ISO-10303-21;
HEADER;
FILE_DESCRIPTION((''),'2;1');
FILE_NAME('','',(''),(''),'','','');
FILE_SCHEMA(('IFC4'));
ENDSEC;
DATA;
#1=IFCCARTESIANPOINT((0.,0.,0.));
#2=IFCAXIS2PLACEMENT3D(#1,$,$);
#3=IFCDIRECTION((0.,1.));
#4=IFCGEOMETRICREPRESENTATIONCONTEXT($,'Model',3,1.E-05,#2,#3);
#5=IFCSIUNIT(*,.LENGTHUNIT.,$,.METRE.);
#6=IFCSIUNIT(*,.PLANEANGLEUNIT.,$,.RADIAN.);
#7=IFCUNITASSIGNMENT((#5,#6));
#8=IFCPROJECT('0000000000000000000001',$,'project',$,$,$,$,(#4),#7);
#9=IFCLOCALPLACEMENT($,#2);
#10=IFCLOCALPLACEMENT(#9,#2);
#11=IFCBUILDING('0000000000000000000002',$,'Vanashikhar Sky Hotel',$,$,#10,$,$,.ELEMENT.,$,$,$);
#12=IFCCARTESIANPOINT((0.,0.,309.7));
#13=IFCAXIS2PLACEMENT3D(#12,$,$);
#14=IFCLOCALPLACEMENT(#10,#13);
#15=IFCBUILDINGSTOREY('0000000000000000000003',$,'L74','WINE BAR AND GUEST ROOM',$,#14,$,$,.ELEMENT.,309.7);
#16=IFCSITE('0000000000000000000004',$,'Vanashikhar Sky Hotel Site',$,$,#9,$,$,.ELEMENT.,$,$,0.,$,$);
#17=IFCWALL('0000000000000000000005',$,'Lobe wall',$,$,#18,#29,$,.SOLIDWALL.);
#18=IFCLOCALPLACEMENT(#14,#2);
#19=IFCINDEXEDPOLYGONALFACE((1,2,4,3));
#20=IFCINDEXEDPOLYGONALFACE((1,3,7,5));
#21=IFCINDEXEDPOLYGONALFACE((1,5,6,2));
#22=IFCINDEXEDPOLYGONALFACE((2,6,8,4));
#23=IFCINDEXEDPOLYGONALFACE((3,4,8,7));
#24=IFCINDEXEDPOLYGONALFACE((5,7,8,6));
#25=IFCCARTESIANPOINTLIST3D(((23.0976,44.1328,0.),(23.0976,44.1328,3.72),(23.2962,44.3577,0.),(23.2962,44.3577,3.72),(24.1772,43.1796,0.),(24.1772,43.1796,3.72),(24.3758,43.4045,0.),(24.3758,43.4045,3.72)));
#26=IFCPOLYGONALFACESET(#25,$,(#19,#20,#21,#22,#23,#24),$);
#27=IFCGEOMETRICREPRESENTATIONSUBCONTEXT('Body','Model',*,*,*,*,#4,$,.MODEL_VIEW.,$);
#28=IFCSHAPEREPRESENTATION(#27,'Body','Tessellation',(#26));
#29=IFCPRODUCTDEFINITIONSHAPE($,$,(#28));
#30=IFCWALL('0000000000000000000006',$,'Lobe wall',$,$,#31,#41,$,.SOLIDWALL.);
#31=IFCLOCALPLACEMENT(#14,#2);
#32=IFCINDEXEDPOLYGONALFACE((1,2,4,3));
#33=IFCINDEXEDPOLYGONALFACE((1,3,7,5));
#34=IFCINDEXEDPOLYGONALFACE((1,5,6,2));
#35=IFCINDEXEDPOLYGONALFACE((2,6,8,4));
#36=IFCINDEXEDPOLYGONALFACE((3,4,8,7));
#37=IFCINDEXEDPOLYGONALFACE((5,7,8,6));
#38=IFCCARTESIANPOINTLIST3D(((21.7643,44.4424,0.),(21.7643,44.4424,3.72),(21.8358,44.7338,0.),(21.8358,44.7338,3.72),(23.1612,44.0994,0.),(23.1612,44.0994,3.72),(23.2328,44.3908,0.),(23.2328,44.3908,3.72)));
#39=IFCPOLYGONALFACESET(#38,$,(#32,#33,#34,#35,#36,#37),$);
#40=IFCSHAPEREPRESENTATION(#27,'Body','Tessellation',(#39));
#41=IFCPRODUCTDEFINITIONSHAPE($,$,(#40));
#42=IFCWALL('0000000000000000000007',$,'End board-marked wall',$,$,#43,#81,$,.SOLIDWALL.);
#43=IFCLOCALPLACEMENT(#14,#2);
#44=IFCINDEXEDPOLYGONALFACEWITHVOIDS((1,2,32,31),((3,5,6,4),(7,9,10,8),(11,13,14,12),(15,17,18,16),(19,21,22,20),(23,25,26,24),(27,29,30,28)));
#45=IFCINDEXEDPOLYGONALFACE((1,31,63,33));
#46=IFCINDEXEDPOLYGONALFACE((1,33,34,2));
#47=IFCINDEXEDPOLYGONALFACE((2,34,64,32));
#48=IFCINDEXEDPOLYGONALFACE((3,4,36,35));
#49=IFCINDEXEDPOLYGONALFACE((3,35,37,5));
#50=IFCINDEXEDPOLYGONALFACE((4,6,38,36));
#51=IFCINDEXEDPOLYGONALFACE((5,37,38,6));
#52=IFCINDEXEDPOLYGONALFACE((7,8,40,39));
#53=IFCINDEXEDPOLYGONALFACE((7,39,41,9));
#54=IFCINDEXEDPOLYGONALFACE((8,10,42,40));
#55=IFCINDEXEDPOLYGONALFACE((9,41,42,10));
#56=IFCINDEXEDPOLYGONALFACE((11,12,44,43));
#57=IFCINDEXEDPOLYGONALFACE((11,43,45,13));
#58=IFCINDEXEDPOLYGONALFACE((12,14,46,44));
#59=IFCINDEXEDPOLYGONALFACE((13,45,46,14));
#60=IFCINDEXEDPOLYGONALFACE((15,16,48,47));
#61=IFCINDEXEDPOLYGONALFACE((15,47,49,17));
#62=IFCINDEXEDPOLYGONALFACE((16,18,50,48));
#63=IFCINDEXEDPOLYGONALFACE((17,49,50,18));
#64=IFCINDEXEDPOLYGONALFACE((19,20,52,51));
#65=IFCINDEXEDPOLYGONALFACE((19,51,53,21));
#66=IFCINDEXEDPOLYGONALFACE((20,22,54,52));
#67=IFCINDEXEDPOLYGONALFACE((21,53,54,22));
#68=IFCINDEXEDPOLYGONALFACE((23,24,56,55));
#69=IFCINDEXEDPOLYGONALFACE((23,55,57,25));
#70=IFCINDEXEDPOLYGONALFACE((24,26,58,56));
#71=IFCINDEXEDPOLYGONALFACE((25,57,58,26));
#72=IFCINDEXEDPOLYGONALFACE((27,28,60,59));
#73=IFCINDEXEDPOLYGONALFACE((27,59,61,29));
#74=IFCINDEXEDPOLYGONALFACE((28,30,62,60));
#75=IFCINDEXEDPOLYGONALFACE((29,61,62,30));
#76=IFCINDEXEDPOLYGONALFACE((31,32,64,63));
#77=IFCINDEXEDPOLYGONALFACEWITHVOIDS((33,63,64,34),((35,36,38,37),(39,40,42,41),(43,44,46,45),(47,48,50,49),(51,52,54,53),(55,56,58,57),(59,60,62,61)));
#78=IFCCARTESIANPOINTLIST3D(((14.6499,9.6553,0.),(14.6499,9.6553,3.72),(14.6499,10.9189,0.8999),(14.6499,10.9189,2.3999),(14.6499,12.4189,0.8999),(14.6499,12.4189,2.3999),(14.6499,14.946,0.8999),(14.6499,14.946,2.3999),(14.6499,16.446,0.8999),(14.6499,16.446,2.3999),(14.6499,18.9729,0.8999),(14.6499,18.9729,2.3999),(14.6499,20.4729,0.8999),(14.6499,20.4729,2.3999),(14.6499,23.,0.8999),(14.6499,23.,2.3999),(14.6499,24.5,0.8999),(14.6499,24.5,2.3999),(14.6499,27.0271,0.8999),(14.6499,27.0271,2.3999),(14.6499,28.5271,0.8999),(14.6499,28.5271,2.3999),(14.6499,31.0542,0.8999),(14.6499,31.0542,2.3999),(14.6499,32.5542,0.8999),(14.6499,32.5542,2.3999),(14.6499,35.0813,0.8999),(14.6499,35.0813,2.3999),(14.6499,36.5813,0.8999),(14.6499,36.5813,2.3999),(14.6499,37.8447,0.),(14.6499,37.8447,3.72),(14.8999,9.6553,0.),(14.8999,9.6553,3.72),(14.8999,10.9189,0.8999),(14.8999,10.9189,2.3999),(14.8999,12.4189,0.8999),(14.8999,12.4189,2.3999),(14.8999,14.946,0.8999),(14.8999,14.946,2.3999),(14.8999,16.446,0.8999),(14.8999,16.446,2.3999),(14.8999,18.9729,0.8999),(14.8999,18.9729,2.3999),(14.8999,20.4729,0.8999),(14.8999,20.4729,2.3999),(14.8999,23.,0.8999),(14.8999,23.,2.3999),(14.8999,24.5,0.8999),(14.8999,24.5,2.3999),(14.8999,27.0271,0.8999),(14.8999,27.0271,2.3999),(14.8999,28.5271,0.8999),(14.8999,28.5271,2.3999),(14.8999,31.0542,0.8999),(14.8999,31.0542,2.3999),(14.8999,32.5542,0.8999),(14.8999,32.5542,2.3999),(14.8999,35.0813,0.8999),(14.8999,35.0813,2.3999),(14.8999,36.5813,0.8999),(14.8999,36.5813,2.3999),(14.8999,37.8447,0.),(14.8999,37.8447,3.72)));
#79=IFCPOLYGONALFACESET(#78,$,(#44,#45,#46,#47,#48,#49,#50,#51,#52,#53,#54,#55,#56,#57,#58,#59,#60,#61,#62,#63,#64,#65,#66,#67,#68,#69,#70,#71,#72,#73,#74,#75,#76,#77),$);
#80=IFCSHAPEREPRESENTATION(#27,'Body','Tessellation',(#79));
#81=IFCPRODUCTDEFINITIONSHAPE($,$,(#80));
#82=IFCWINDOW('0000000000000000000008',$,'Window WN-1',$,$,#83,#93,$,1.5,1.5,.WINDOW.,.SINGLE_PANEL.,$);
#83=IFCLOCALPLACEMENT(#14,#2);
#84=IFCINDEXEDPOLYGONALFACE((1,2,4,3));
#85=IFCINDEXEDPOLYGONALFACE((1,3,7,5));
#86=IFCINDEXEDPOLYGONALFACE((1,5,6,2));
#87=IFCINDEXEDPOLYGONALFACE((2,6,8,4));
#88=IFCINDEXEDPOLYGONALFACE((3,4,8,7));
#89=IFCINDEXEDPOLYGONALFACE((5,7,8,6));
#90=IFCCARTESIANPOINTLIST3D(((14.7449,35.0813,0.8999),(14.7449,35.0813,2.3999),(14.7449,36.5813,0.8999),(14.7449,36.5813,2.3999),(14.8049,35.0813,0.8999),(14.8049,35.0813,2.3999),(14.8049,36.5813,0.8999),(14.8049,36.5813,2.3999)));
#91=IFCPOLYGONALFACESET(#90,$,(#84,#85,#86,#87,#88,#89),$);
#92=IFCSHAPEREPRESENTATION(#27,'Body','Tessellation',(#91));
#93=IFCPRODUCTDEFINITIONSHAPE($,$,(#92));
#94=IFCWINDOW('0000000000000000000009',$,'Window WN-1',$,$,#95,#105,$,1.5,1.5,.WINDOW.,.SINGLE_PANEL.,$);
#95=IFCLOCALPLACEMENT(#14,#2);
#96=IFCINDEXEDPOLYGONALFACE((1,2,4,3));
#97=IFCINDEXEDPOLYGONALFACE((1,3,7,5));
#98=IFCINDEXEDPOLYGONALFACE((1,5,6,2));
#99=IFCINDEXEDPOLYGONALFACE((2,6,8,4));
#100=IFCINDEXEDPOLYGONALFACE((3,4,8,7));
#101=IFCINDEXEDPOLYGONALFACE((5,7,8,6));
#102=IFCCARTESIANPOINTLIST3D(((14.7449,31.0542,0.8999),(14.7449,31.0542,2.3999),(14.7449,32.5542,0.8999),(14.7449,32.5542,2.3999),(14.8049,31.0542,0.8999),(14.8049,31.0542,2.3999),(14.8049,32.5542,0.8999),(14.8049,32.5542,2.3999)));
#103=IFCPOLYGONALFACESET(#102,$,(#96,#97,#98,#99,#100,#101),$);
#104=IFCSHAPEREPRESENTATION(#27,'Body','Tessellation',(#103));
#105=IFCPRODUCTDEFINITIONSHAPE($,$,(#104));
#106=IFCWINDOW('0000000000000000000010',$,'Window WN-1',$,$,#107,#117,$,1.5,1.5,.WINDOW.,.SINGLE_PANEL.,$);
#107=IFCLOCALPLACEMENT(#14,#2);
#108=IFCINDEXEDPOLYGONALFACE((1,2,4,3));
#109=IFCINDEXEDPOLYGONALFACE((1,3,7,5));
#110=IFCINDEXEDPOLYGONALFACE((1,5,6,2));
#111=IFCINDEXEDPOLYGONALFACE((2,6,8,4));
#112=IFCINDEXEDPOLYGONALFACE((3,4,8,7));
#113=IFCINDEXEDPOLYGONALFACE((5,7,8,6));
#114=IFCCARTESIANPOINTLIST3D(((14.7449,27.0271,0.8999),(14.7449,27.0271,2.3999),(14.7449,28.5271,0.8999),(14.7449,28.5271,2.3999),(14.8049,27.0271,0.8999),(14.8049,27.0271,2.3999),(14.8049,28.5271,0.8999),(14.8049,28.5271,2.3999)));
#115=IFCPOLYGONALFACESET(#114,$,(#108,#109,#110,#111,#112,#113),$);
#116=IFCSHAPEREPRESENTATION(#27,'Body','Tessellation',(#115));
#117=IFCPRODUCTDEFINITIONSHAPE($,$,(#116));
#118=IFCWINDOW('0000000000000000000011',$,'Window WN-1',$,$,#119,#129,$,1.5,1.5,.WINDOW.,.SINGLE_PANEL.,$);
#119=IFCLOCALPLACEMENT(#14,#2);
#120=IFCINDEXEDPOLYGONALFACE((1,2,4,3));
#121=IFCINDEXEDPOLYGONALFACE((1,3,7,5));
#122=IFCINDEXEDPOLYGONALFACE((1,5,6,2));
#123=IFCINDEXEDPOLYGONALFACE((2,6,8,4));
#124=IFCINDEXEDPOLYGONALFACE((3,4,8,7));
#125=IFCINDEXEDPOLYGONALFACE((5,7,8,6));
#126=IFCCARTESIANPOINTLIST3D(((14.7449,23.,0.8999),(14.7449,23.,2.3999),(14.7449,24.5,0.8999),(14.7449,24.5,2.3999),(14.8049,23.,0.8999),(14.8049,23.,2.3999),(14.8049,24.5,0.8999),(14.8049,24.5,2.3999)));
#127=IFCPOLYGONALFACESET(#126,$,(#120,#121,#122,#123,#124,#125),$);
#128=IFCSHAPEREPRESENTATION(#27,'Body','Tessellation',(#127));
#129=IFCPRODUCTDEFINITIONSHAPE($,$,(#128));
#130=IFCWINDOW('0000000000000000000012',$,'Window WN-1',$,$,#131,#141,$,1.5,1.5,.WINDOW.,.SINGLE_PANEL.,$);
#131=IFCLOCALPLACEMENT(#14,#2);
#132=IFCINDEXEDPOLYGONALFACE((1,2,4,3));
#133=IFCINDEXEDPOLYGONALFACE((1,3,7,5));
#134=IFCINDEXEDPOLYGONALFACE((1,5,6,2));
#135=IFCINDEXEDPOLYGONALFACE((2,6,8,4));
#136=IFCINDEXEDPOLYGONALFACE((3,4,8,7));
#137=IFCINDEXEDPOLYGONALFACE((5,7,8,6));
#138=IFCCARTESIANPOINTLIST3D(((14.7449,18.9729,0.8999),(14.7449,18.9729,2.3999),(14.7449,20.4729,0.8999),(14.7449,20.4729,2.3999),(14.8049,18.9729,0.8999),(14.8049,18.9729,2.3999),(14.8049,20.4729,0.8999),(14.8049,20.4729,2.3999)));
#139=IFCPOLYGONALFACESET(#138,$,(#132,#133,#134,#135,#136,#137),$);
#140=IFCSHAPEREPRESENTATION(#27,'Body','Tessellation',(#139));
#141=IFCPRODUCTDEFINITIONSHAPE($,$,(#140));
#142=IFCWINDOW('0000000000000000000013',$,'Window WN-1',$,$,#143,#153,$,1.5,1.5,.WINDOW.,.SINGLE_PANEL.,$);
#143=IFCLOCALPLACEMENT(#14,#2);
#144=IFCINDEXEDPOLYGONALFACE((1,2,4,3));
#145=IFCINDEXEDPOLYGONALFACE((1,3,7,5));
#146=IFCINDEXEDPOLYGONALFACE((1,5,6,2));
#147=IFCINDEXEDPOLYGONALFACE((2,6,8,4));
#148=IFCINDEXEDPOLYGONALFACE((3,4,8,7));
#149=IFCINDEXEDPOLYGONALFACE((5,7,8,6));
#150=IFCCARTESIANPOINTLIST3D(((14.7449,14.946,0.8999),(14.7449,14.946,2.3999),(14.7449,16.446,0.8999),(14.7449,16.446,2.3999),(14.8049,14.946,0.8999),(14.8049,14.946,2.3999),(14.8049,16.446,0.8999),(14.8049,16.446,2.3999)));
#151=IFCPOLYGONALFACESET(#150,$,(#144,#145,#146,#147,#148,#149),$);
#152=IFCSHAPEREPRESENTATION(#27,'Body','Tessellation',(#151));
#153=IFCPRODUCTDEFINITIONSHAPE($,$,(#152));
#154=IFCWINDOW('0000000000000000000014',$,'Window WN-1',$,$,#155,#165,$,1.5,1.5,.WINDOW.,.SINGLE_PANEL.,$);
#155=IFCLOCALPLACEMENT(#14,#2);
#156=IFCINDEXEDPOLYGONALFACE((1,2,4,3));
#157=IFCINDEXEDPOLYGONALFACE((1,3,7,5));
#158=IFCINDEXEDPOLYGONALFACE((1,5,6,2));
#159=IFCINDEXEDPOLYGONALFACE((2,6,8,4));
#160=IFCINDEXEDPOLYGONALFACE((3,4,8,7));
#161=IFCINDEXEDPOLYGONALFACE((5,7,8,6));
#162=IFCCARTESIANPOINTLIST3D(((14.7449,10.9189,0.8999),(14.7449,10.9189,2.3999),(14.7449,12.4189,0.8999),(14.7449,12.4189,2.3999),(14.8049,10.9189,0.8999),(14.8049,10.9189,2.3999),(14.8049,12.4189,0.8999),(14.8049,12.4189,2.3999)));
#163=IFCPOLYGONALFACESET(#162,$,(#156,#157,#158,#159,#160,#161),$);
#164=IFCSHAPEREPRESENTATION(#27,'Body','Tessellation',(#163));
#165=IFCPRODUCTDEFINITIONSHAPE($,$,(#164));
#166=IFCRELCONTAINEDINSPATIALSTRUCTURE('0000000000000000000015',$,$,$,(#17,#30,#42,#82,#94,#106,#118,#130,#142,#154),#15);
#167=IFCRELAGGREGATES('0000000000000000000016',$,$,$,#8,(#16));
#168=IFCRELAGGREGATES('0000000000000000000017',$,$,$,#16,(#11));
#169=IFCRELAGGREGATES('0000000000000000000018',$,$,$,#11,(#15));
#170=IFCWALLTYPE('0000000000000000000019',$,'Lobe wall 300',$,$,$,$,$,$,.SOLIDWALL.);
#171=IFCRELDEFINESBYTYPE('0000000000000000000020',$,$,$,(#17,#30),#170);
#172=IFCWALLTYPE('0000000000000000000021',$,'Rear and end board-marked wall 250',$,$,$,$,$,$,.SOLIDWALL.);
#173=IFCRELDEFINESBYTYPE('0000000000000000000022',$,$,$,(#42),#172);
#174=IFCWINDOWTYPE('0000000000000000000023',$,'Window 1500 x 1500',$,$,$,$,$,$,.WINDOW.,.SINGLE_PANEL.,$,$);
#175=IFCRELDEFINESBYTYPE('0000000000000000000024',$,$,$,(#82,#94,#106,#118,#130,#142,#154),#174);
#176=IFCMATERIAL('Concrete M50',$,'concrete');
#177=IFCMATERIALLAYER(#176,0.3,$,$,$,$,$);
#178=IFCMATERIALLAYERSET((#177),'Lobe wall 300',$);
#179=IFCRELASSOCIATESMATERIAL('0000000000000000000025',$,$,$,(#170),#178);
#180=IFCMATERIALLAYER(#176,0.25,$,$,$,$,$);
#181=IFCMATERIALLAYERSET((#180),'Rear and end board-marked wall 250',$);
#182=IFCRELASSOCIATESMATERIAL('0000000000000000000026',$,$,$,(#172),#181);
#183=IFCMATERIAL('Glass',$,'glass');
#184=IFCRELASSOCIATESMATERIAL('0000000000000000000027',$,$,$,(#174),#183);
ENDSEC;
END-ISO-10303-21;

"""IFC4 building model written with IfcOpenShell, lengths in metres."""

from ifc_helpers import new_model, si_unit, direction, frame, frame_2d, origin, place, context, subcontext, project, spatial, rectangle, extrude, source, transform, mapped, material, layer, layer_set, type_object, element, fill, save


model = new_model("IFC4")

# Units and contexts
model_context = context("Model", 3, precision=1e-05, world=origin(), true_north=direction((0.0, 1.0)))
body_context = subcontext(model_context, "Body", "Model", "MODEL_VIEW")
ifc_project = project(units=[si_unit("LENGTHUNIT", "METRE"), si_unit("PLANEANGLEUNIT", "RADIAN")], contexts=[model_context])

# Site, building, storey
site_placement = place(None, origin())
site = spatial("IfcSite", under=ifc_project, at=site_placement, Name="Vanashikhar Sky Hotel Site", CompositionType="ELEMENT", RefElevation=0.0)
building_placement = place(site_placement, origin())
building = spatial("IfcBuilding", under=site, at=building_placement, Name="Vanashikhar Sky Hotel", CompositionType="ELEMENT")
storey_placement = place(building_placement, frame((0.0, 0.0, 309.7)))
storey = spatial("IfcBuildingStorey", under=building, at=storey_placement, Name="L74", Description="WINE BAR AND GUEST ROOM", CompositionType="ELEMENT", Elevation=309.7)

# Shared definitions
ifc_material_1 = material(Name="Concrete M50", Category="concrete")

# Shared definitions
ifc_layer_1 = layer(ifc_material_1, 0.3)
ifc_layer_set_1 = layer_set([ifc_layer_1], Name="Lobe wall 300")
wall_type_1 = type_object("IfcWallType", Name="Lobe wall 300", PredefinedType="SOLIDWALL", material=ifc_layer_set_1)
ifc_material_2 = material(Name="Glass", Category="glass")

# Walls
shared_shape_1 = source(origin(), body_context, "Body", "SweptSolid", [
    extrude(rectangle(XDim=1.4402, YDim=0.3, at=frame_2d((0.7202, 0.0))), origin(), (0.0, 0.0, 1.0), 3.72),
])
wall_1_placement = place(storey_placement, frame((24.2766, 43.292, 0.0), z_axis=(0.0, 0.0, 1.0), x_axis=(-0.74965, 0.661835, 0.0)))
element("IfcWall", 1, at=wall_1_placement, inside=storey, type_object=wall_type_1, Name="Lobe wall", PredefinedType="SOLIDWALL", context=body_context, shape_type="MappedRepresentation", body=[
    mapped(shared_shape_1, transform((0.0, 0.0, 0.0), scale=1.0)),
])
shared_shape_2 = source(origin(), body_context, "Body", "SweptSolid", [
    extrude(rectangle(XDim=1.4385, YDim=0.3, at=frame_2d((0.7192, 0.0))), origin(), (0.0, 0.0, 1.0), 3.72),
])
wall_2_placement = place(storey_placement, frame((23.197, 44.2451, 0.0), z_axis=(0.0, 0.0, 1.0), x_axis=(-0.971152, 0.23846, 0.0)))
element("IfcWall", 2, at=wall_2_placement, inside=storey, type_object=wall_type_1, Name="Lobe wall", PredefinedType="SOLIDWALL", context=body_context, shape_type="MappedRepresentation", body=[
    mapped(shared_shape_2, transform((0.0, 0.0, 0.0), scale=1.0)),
])

# Wall, openings, windows
ifc_layer_2 = layer(ifc_material_1, 0.25)
ifc_layer_set_2 = layer_set([ifc_layer_2], Name="Rear and end board-marked wall 250")
wall_type_2 = type_object("IfcWallType", Name="Rear and end board-marked wall 250", PredefinedType="SOLIDWALL", material=ifc_layer_set_2)
shared_shape_3 = source(origin(), body_context, "Body", "SweptSolid", [
    extrude(rectangle(XDim=28.1895, YDim=0.25, at=frame_2d((14.0947, 0.0))), origin(), (0.0, 0.0, 1.0), 3.72),
])
wall_3_placement = place(storey_placement, frame((14.7749, 37.8447, 0.0), z_axis=(0.0, 0.0, 1.0), x_axis=(0.0, -1.0, 0.0)))
wall_3 = element("IfcWall", 3, at=wall_3_placement, inside=storey, type_object=wall_type_2, Name="End board-marked wall", PredefinedType="SOLIDWALL", context=body_context, shape_type="MappedRepresentation", body=[
    mapped(shared_shape_3, transform((0.0, 0.0, 0.0), scale=1.0)),
])
shared_shape_4 = source(origin(), body_context, "Body", "SweptSolid", [
    extrude(rectangle(XDim=1.5, YDim=1.5, at=frame_2d((0.75, 0.75))), frame((0.0, 0.135, 0.0), z_axis=(0.0, -1.0, 0.0), x_axis=(1.0, 0.0, 0.0)), (0.0, 0.0, 1.0), 0.27),
])
opening_1_placement = place(wall_3_placement, frame((1.2634, 0.0, 0.8999)))
opening_1 = element("IfcOpeningElement", 4, at=opening_1_placement, cuts=wall_3, PredefinedType="OPENING", context=body_context, shape_type="MappedRepresentation", body=[
    mapped(shared_shape_4, transform((0.0, 0.0, 0.0), scale=1.0)),
])
opening_2_placement = place(wall_3_placement, frame((5.2905, 0.0, 0.8999)))
opening_2 = element("IfcOpeningElement", 5, at=opening_2_placement, cuts=wall_3, PredefinedType="OPENING", context=body_context, shape_type="MappedRepresentation", body=[
    mapped(shared_shape_4, transform((0.0, 0.0, 0.0), scale=1.0)),
])
opening_3_placement = place(wall_3_placement, frame((9.3176, 0.0, 0.8999)))
opening_3 = element("IfcOpeningElement", 6, at=opening_3_placement, cuts=wall_3, PredefinedType="OPENING", context=body_context, shape_type="MappedRepresentation", body=[
    mapped(shared_shape_4, transform((0.0, 0.0, 0.0), scale=1.0)),
])
opening_4_placement = place(wall_3_placement, frame((13.3447, 0.0, 0.8999)))
opening_4 = element("IfcOpeningElement", 7, at=opening_4_placement, cuts=wall_3, PredefinedType="OPENING", context=body_context, shape_type="MappedRepresentation", body=[
    mapped(shared_shape_4, transform((0.0, 0.0, 0.0), scale=1.0)),
])
opening_5_placement = place(wall_3_placement, frame((17.3718, 0.0, 0.8999)))
opening_5 = element("IfcOpeningElement", 8, at=opening_5_placement, cuts=wall_3, PredefinedType="OPENING", context=body_context, shape_type="MappedRepresentation", body=[
    mapped(shared_shape_4, transform((0.0, 0.0, 0.0), scale=1.0)),
])
opening_6_placement = place(wall_3_placement, frame((21.3987, 0.0, 0.8999)))
opening_6 = element("IfcOpeningElement", 9, at=opening_6_placement, cuts=wall_3, PredefinedType="OPENING", context=body_context, shape_type="MappedRepresentation", body=[
    mapped(shared_shape_4, transform((0.0, 0.0, 0.0), scale=1.0)),
])
opening_7_placement = place(wall_3_placement, frame((25.4258, 0.0, 0.8999)))
opening_7 = element("IfcOpeningElement", 10, at=opening_7_placement, cuts=wall_3, PredefinedType="OPENING", context=body_context, shape_type="MappedRepresentation", body=[
    mapped(shared_shape_4, transform((0.0, 0.0, 0.0), scale=1.0)),
])
window_type_1 = type_object("IfcWindowType", Name="Window 1500 x 1500", PartitioningType="SINGLE_PANEL", PredefinedType="WINDOW", material=ifc_material_2)
shared_shape_5 = source(origin(), body_context, "Body", "SweptSolid", [
    extrude(rectangle(XDim=1.5, YDim=1.5, at=frame_2d((0.75, 0.75))), frame((0.0, 0.03, 0.0), z_axis=(0.0, -1.0, 0.0), x_axis=(1.0, 0.0, 0.0)), (0.0, 0.0, 1.0), 0.0601),
])
window_1_placement = place(opening_1_placement, origin())
window_1 = element("IfcWindow", 11, at=window_1_placement, inside=storey, type_object=window_type_1, Name="Window WN-1", OverallHeight=1.5, OverallWidth=1.5, PartitioningType="SINGLE_PANEL", PredefinedType="WINDOW", context=body_context, shape_type="MappedRepresentation", body=[
    mapped(shared_shape_5, transform((0.0, 0.0, 0.0), scale=1.0)),
])
fill(opening_1, window_1)
window_2_placement = place(opening_2_placement, origin())
window_2 = element("IfcWindow", 12, at=window_2_placement, inside=storey, type_object=window_type_1, Name="Window WN-1", OverallHeight=1.5, OverallWidth=1.5, PartitioningType="SINGLE_PANEL", PredefinedType="WINDOW", context=body_context, shape_type="MappedRepresentation", body=[
    mapped(shared_shape_5, transform((0.0, 0.0, 0.0), scale=1.0)),
])
fill(opening_2, window_2)
window_3_placement = place(opening_3_placement, origin())
window_3 = element("IfcWindow", 13, at=window_3_placement, inside=storey, type_object=window_type_1, Name="Window WN-1", OverallHeight=1.5, OverallWidth=1.5, PartitioningType="SINGLE_PANEL", PredefinedType="WINDOW", context=body_context, shape_type="MappedRepresentation", body=[
    mapped(shared_shape_5, transform((0.0, 0.0, 0.0), scale=1.0)),
])
fill(opening_3, window_3)
window_4_placement = place(opening_4_placement, origin())
window_4 = element("IfcWindow", 14, at=window_4_placement, inside=storey, type_object=window_type_1, Name="Window WN-1", OverallHeight=1.5, OverallWidth=1.5, PartitioningType="SINGLE_PANEL", PredefinedType="WINDOW", context=body_context, shape_type="MappedRepresentation", body=[
    mapped(shared_shape_5, transform((0.0, 0.0, 0.0), scale=1.0)),
])
fill(opening_4, window_4)
window_5_placement = place(opening_5_placement, origin())
window_5 = element("IfcWindow", 15, at=window_5_placement, inside=storey, type_object=window_type_1, Name="Window WN-1", OverallHeight=1.5, OverallWidth=1.5, PartitioningType="SINGLE_PANEL", PredefinedType="WINDOW", context=body_context, shape_type="MappedRepresentation", body=[
    mapped(shared_shape_5, transform((0.0, 0.0, 0.0), scale=1.0)),
])
fill(opening_5, window_5)
window_6_placement = place(opening_6_placement, origin())
window_6 = element("IfcWindow", 16, at=window_6_placement, inside=storey, type_object=window_type_1, Name="Window WN-1", OverallHeight=1.5, OverallWidth=1.5, PartitioningType="SINGLE_PANEL", PredefinedType="WINDOW", context=body_context, shape_type="MappedRepresentation", body=[
    mapped(shared_shape_5, transform((0.0, 0.0, 0.0), scale=1.0)),
])
fill(opening_6, window_6)
window_7_placement = place(opening_7_placement, origin())
window_7 = element("IfcWindow", 17, at=window_7_placement, inside=storey, type_object=window_type_1, Name="Window WN-1", OverallHeight=1.5, OverallWidth=1.5, PartitioningType="SINGLE_PANEL", PredefinedType="WINDOW", context=body_context, shape_type="MappedRepresentation", body=[
    mapped(shared_shape_5, transform((0.0, 0.0, 0.0), scale=1.0)),
])
fill(opening_7, window_7)

save(model, "model.ifc")
